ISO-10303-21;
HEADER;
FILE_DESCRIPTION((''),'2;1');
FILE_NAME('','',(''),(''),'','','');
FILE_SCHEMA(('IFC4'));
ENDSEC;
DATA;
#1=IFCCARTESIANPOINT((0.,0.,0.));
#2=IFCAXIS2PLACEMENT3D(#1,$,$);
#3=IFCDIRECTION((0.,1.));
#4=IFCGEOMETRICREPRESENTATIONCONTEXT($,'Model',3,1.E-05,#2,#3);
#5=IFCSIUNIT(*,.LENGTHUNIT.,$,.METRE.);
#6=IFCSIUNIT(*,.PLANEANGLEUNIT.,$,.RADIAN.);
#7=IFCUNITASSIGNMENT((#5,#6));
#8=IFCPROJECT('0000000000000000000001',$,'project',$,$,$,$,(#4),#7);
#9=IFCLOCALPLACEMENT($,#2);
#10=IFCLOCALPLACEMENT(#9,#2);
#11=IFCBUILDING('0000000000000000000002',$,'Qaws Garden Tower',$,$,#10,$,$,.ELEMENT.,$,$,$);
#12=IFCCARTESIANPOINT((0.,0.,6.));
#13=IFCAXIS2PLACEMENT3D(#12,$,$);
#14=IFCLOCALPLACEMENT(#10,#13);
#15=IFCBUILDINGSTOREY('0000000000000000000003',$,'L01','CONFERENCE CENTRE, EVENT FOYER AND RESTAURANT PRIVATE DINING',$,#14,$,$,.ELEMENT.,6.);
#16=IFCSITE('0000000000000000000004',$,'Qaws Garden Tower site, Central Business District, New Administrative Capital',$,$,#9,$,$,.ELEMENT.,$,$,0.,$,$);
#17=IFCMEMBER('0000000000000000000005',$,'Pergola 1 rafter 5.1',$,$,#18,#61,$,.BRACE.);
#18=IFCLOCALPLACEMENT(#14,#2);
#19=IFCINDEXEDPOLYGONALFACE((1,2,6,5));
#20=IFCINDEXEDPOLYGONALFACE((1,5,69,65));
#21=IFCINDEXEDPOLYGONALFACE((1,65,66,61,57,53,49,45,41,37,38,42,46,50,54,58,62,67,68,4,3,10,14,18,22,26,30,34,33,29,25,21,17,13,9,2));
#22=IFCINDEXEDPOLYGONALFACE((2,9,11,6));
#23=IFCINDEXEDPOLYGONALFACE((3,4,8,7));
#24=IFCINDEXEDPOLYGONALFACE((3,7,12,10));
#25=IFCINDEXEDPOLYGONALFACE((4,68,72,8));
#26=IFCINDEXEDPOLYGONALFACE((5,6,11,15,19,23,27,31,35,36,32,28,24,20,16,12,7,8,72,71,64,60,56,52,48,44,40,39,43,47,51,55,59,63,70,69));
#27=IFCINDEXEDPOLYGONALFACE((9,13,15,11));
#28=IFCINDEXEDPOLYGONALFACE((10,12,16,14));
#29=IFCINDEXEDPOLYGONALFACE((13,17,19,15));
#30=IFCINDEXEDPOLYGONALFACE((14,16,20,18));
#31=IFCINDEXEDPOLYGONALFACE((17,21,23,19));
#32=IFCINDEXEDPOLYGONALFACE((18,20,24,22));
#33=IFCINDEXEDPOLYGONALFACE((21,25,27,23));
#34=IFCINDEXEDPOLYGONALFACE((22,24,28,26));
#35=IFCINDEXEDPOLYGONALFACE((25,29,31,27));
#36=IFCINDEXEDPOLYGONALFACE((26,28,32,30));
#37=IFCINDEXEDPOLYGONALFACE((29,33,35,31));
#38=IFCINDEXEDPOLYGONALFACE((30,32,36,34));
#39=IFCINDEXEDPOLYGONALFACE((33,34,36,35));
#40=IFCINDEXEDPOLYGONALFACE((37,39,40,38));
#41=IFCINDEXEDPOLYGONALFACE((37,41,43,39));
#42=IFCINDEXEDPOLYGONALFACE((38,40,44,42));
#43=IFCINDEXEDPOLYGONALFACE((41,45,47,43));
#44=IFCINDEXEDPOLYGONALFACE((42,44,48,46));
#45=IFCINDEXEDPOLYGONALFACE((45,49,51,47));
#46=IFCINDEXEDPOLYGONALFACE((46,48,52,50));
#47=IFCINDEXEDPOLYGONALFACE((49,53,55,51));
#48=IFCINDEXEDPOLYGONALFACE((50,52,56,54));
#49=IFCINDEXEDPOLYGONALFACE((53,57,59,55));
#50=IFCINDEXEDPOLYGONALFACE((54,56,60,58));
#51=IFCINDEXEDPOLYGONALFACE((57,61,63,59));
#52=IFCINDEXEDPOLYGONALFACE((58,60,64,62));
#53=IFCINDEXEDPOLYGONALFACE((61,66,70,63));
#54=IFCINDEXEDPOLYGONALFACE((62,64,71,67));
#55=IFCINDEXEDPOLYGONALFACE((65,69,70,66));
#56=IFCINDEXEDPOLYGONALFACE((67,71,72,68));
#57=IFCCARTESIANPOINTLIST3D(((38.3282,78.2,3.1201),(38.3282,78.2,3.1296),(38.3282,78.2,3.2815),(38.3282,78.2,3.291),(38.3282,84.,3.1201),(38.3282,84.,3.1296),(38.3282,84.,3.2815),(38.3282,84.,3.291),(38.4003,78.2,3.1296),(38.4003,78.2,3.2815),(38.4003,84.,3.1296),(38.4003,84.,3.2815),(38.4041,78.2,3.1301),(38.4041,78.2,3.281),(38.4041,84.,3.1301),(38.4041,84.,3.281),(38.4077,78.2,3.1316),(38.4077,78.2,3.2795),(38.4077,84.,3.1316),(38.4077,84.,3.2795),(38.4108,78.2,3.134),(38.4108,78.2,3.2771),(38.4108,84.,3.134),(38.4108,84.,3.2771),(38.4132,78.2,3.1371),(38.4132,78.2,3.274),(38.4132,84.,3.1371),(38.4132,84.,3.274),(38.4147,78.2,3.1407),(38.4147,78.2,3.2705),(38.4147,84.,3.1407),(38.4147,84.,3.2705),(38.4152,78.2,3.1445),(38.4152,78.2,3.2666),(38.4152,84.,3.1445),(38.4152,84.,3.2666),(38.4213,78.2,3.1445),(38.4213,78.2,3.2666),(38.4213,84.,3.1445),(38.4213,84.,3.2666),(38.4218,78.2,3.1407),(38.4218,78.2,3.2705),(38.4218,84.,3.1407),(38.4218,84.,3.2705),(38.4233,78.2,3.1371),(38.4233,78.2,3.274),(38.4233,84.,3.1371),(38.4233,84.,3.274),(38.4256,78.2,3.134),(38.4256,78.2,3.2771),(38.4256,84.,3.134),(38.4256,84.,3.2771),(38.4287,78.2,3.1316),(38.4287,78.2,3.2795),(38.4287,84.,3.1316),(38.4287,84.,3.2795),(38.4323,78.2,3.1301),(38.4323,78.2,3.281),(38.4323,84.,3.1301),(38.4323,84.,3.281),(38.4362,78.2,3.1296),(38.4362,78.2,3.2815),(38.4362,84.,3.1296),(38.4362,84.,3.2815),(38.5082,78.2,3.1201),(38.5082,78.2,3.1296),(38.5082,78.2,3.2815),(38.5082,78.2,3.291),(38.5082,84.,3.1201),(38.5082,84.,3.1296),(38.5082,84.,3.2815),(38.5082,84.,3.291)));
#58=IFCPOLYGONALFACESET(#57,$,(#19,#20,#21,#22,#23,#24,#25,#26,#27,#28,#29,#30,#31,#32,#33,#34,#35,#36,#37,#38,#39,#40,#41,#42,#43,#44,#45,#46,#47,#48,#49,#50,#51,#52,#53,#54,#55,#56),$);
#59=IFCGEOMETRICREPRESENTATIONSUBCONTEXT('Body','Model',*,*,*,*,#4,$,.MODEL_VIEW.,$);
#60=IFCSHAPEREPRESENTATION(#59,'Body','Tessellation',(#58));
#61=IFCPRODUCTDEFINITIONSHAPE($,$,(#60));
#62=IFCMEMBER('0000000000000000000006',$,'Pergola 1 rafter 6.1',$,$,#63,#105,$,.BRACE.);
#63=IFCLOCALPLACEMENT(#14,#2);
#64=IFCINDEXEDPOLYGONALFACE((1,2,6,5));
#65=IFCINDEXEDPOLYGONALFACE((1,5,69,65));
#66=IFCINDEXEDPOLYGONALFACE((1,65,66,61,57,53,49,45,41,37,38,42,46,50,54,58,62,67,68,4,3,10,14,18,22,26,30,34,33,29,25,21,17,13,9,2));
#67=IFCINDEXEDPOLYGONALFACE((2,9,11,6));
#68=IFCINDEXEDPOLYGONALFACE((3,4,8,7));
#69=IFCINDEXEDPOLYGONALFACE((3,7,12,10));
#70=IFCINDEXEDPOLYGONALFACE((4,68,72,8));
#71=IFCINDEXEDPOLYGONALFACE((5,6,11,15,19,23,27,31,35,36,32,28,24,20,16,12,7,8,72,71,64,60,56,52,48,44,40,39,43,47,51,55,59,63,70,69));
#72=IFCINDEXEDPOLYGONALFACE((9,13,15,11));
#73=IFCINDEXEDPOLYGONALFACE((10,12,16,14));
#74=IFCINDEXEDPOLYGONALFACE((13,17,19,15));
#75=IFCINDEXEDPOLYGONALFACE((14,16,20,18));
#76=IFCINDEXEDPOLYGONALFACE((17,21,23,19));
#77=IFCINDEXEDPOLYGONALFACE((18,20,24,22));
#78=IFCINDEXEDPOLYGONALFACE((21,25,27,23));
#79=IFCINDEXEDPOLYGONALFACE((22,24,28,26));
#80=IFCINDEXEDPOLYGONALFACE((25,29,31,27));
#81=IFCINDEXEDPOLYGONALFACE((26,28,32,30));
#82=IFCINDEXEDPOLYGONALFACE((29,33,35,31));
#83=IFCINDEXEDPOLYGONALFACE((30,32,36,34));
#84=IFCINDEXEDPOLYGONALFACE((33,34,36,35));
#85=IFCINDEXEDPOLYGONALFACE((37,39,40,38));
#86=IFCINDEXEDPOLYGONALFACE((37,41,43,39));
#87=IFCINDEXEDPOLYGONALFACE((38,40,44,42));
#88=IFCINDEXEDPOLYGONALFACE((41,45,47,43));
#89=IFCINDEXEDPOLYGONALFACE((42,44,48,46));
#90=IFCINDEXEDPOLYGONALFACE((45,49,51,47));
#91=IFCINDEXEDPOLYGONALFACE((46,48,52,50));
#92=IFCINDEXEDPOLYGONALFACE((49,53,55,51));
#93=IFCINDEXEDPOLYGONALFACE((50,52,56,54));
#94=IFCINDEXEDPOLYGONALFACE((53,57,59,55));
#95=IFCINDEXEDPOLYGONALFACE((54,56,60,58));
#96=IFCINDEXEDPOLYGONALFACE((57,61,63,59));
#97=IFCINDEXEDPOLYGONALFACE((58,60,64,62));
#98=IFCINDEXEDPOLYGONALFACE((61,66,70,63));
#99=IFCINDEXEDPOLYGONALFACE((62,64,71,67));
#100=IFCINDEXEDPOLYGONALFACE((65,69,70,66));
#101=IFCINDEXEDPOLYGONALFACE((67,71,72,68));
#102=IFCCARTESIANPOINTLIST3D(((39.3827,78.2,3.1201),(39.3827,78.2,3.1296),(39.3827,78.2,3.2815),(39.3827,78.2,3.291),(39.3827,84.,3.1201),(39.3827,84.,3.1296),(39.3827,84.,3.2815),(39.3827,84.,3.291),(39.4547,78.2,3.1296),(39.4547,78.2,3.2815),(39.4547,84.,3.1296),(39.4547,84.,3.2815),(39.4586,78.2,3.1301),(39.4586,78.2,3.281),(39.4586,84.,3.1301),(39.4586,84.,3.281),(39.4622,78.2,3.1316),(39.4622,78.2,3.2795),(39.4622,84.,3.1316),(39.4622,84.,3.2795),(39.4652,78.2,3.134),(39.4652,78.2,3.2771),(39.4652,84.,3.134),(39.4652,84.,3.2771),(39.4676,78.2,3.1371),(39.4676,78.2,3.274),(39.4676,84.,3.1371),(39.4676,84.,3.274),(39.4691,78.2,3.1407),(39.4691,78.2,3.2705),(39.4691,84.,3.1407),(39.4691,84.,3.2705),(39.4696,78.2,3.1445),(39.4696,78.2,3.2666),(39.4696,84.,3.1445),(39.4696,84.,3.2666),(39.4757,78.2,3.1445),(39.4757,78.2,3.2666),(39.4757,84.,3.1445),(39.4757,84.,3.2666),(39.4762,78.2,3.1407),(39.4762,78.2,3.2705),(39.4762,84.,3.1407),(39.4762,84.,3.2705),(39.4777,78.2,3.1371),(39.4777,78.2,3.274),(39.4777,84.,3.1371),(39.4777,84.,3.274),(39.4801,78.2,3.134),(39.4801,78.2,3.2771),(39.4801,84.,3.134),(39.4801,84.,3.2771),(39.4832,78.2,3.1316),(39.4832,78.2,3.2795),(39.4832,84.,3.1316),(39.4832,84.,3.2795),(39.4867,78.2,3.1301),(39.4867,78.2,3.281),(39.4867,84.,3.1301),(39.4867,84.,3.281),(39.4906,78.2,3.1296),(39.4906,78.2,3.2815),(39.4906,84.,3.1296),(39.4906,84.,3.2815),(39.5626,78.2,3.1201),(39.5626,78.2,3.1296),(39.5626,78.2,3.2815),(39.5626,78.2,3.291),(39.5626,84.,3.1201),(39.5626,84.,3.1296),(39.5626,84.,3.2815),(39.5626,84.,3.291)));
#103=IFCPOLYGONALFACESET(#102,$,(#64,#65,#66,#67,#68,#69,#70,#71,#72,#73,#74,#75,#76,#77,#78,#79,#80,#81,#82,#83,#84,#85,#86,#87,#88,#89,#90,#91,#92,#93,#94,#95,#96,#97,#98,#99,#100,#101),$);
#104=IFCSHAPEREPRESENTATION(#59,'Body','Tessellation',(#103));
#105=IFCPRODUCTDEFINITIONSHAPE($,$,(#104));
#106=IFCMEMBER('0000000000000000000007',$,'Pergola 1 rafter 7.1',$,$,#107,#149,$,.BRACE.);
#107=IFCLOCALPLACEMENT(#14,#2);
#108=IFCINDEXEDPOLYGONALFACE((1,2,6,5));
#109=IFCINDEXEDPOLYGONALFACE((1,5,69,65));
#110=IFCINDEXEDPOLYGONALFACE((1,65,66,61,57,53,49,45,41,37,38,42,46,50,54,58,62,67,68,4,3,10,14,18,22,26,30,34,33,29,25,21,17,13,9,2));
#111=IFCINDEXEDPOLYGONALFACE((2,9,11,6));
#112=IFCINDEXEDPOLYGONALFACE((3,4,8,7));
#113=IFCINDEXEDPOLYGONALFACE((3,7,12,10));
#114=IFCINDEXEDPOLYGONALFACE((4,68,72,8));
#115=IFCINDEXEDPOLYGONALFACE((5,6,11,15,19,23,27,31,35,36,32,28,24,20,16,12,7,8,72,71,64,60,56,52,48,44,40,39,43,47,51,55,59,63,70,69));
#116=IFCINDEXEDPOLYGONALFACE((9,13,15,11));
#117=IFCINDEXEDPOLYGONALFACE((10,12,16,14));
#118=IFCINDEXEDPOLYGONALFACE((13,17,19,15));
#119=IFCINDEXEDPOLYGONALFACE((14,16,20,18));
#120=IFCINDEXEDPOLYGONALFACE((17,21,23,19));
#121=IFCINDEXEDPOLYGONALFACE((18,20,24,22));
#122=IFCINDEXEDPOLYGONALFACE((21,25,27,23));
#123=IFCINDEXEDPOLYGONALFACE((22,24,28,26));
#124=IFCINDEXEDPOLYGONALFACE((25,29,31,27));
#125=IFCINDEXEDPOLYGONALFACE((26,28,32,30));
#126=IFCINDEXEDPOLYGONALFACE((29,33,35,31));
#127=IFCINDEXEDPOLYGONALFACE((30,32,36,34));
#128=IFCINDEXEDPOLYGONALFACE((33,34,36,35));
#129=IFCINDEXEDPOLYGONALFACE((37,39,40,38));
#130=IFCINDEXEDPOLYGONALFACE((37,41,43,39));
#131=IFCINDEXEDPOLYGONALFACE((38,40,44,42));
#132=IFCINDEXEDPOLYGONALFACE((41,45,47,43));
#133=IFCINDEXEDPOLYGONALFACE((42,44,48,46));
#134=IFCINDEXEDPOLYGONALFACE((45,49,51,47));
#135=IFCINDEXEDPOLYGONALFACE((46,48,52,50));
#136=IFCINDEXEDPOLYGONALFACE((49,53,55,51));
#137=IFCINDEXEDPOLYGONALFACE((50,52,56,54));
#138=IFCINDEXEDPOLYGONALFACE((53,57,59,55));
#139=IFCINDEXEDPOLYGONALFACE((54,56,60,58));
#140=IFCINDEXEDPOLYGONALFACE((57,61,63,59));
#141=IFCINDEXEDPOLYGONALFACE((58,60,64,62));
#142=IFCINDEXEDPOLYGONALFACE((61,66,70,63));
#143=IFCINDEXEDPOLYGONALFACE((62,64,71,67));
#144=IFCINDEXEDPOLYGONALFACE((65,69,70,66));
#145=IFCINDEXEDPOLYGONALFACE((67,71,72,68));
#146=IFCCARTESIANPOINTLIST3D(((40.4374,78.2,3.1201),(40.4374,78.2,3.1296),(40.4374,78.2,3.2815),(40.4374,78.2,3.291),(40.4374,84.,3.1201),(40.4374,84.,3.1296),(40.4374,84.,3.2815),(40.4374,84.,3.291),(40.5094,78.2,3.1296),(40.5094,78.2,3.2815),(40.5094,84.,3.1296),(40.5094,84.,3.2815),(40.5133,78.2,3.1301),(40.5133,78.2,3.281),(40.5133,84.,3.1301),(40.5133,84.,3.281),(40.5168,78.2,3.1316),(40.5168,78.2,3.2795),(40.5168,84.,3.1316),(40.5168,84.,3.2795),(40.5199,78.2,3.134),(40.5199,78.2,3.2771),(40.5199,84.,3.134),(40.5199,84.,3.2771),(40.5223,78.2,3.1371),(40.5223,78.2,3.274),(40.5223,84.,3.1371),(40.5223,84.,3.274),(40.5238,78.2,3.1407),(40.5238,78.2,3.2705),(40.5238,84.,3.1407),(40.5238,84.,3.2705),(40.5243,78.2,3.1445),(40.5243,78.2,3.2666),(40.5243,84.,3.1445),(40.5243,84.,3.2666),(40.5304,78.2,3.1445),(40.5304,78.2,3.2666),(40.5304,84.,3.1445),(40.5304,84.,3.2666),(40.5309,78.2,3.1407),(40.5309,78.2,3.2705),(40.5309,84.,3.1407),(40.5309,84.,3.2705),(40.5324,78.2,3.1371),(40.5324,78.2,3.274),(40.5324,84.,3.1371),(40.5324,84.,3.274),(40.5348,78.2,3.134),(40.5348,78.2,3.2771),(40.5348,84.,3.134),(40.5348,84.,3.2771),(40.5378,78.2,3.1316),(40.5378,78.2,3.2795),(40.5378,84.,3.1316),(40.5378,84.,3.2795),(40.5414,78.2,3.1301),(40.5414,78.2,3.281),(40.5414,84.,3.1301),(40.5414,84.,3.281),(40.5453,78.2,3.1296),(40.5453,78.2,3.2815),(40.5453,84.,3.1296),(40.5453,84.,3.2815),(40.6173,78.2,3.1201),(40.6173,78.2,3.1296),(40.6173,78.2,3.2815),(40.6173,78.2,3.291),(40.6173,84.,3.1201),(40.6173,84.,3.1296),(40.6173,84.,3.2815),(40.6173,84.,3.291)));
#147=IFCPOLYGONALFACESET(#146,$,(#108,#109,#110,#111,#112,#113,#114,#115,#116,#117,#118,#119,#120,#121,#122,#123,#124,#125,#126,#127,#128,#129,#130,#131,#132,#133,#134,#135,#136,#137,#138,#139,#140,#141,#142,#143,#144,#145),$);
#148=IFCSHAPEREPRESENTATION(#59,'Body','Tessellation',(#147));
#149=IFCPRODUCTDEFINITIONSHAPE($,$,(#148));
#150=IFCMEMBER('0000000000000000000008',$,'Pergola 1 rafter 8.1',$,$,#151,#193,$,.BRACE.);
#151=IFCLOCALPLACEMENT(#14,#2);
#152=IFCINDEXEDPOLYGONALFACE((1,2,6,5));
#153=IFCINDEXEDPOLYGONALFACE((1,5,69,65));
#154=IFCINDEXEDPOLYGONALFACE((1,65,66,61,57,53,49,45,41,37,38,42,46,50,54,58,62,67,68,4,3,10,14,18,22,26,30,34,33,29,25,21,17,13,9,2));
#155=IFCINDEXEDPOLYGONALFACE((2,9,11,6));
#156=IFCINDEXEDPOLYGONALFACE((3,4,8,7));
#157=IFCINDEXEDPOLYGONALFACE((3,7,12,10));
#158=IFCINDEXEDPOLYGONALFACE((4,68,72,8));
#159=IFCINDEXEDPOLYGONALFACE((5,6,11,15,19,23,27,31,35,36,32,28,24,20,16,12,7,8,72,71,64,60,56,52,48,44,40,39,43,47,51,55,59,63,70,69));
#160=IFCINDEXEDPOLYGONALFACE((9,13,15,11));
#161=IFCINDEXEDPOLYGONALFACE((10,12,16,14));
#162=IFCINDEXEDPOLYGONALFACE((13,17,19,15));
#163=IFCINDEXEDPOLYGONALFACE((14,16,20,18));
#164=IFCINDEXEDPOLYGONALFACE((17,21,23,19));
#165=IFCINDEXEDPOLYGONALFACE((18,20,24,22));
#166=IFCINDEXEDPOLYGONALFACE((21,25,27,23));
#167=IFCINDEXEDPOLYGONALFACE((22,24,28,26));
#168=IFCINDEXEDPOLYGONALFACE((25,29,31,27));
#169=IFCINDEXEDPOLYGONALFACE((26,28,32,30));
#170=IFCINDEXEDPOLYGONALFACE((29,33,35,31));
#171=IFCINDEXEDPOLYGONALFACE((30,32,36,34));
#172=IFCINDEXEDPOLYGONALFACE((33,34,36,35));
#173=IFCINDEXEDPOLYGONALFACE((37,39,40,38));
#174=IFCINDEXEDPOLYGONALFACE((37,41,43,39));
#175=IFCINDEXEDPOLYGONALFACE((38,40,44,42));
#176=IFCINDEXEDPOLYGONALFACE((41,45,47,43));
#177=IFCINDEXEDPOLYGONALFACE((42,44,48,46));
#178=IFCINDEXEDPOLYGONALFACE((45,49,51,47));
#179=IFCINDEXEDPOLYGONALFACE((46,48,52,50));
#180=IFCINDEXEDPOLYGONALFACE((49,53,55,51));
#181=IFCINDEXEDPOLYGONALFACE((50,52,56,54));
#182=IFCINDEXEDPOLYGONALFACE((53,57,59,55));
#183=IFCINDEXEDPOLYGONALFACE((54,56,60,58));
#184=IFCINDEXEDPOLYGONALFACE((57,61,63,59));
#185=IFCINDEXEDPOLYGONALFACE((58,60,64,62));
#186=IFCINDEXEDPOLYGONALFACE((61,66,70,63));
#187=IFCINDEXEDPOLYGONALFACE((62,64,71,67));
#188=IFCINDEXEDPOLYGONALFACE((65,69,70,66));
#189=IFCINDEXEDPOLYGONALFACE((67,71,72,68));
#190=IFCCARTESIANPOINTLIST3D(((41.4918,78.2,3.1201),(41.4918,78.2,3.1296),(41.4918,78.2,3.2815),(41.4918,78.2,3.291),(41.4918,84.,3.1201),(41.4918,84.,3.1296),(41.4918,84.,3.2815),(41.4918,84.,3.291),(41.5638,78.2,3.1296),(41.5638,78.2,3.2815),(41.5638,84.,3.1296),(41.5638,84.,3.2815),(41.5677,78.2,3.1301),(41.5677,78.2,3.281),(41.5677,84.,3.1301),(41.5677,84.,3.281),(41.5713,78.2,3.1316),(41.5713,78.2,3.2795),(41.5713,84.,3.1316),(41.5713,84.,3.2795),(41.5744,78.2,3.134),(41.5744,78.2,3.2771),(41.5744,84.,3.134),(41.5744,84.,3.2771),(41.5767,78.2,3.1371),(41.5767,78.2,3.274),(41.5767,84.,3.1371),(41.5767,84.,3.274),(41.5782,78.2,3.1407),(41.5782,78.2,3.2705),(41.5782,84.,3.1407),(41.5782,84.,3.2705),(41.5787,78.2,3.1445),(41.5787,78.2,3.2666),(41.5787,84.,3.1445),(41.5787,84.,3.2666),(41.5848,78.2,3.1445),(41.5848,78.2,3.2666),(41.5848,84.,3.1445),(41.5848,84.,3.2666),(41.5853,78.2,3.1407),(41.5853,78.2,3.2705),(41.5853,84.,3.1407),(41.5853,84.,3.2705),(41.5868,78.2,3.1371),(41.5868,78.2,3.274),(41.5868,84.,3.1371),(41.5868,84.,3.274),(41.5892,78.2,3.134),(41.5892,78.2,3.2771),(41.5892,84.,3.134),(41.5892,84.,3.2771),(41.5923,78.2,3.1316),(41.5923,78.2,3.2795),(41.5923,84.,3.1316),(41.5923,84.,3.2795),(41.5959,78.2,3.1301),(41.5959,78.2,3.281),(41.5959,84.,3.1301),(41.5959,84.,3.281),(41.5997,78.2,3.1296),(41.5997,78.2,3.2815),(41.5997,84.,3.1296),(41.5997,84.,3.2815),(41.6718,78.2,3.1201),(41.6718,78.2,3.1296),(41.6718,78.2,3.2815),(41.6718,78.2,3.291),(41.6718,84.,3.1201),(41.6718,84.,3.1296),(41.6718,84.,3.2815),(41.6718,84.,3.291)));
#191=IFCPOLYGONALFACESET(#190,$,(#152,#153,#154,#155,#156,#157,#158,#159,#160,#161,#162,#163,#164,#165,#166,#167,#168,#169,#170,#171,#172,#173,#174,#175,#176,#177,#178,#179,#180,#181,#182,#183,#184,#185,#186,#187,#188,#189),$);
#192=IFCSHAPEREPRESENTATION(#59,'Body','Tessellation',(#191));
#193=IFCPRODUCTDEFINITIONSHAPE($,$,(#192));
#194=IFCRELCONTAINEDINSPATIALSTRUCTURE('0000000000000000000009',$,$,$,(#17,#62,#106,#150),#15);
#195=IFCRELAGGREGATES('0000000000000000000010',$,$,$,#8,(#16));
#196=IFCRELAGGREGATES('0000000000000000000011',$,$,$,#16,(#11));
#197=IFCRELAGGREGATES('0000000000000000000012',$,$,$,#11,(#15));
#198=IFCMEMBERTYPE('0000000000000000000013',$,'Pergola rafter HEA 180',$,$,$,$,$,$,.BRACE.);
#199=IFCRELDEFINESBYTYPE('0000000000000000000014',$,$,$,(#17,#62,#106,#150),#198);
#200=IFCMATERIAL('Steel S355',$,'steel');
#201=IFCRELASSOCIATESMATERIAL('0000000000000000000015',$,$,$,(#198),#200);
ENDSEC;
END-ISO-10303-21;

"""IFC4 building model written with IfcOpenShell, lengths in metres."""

from ifc_helpers import new_model, si_unit, direction, frame, origin, origin_2d, place, context, subcontext, project, spatial, i_section, extrude, material, material_profile, profile_set, type_object, element, save


model = new_model("IFC4")

# Units and contexts
model_context = context("Model", 3, precision=1e-05, world=origin(), true_north=direction((0.0, 1.0)))
body_context = subcontext(model_context, "Body", "Model", "MODEL_VIEW")
ifc_project = project(units=[si_unit("LENGTHUNIT", "METRE"), si_unit("PLANEANGLEUNIT", "RADIAN")], contexts=[model_context])

# Site, building, storey
site_placement = place(None, origin())
site = spatial("IfcSite", under=ifc_project, at=site_placement, Name="Qaws Garden Tower site, Central Business District, New Administrative Capital", CompositionType="ELEMENT", RefElevation=0.0)
building_placement = place(site_placement, origin())
building = spatial("IfcBuilding", under=site, at=building_placement, Name="Qaws Garden Tower", CompositionType="ELEMENT")
storey_placement = place(building_placement, frame((0.0, 0.0, 6.0)))
storey = spatial("IfcBuildingStorey", under=building, at=storey_placement, Name="L01", Description="CONFERENCE CENTRE, EVENT FOYER AND RESTAURANT PRIVATE DINING", CompositionType="ELEMENT", Elevation=6.0)

# Members
ifc_material_1 = material(Name="Steel S355", Category="steel")
ifc_material_profile_1 = material_profile(ifc_material_1, i_section(OverallWidth=0.1799, OverallDepth=0.1709, WebThickness=0.0061, FlangeThickness=0.0095, FilletRadius=0.0149, at=origin_2d()), Name="HEA 180")
ifc_profile_set_1 = profile_set([ifc_material_profile_1], Name="Steel S355")
member_type = type_object("IfcMemberType", Name="Pergola rafter HEA 180", PredefinedType="BRACE", material=ifc_profile_set_1)
for number, where, z_axis, x_axis, name in (
    (1, (38.4182, 78.2, 3.2056), (0.0, 1.0, 0.0), (-1.0, 0.0, 0.0), "Pergola 1 rafter 5.1"),
    (2, (39.4727, 78.2, 3.2056), (0.0, 1.0, 0.0), (-1.0, 0.0, 0.0), "Pergola 1 rafter 6.1"),
    (3, (40.5273, 78.2, 3.2056), (0.0, 1.0, 0.0), (-1.0, 0.0, 0.0), "Pergola 1 rafter 7.1"),
    (4, (41.5818, 78.2, 3.2056), (0.0, 1.0, 0.0), (-1.0, 0.0, 0.0), "Pergola 1 rafter 8.1"),
):
    element("IfcMember", number, at=place(storey_placement, frame(where, z_axis=z_axis, x_axis=x_axis)), inside=storey, type_object=member_type, Name=name, PredefinedType="BRACE", context=body_context, shape_type="SweptSolid", body=[
        extrude(i_section(OverallWidth=0.1799, OverallDepth=0.1709, WebThickness=0.0061, FlangeThickness=0.0095, FilletRadius=0.0149, at=origin_2d()), origin(), (0.0, 0.0, 1.0), 5.8),
    ])

save(model, "model.ifc")
